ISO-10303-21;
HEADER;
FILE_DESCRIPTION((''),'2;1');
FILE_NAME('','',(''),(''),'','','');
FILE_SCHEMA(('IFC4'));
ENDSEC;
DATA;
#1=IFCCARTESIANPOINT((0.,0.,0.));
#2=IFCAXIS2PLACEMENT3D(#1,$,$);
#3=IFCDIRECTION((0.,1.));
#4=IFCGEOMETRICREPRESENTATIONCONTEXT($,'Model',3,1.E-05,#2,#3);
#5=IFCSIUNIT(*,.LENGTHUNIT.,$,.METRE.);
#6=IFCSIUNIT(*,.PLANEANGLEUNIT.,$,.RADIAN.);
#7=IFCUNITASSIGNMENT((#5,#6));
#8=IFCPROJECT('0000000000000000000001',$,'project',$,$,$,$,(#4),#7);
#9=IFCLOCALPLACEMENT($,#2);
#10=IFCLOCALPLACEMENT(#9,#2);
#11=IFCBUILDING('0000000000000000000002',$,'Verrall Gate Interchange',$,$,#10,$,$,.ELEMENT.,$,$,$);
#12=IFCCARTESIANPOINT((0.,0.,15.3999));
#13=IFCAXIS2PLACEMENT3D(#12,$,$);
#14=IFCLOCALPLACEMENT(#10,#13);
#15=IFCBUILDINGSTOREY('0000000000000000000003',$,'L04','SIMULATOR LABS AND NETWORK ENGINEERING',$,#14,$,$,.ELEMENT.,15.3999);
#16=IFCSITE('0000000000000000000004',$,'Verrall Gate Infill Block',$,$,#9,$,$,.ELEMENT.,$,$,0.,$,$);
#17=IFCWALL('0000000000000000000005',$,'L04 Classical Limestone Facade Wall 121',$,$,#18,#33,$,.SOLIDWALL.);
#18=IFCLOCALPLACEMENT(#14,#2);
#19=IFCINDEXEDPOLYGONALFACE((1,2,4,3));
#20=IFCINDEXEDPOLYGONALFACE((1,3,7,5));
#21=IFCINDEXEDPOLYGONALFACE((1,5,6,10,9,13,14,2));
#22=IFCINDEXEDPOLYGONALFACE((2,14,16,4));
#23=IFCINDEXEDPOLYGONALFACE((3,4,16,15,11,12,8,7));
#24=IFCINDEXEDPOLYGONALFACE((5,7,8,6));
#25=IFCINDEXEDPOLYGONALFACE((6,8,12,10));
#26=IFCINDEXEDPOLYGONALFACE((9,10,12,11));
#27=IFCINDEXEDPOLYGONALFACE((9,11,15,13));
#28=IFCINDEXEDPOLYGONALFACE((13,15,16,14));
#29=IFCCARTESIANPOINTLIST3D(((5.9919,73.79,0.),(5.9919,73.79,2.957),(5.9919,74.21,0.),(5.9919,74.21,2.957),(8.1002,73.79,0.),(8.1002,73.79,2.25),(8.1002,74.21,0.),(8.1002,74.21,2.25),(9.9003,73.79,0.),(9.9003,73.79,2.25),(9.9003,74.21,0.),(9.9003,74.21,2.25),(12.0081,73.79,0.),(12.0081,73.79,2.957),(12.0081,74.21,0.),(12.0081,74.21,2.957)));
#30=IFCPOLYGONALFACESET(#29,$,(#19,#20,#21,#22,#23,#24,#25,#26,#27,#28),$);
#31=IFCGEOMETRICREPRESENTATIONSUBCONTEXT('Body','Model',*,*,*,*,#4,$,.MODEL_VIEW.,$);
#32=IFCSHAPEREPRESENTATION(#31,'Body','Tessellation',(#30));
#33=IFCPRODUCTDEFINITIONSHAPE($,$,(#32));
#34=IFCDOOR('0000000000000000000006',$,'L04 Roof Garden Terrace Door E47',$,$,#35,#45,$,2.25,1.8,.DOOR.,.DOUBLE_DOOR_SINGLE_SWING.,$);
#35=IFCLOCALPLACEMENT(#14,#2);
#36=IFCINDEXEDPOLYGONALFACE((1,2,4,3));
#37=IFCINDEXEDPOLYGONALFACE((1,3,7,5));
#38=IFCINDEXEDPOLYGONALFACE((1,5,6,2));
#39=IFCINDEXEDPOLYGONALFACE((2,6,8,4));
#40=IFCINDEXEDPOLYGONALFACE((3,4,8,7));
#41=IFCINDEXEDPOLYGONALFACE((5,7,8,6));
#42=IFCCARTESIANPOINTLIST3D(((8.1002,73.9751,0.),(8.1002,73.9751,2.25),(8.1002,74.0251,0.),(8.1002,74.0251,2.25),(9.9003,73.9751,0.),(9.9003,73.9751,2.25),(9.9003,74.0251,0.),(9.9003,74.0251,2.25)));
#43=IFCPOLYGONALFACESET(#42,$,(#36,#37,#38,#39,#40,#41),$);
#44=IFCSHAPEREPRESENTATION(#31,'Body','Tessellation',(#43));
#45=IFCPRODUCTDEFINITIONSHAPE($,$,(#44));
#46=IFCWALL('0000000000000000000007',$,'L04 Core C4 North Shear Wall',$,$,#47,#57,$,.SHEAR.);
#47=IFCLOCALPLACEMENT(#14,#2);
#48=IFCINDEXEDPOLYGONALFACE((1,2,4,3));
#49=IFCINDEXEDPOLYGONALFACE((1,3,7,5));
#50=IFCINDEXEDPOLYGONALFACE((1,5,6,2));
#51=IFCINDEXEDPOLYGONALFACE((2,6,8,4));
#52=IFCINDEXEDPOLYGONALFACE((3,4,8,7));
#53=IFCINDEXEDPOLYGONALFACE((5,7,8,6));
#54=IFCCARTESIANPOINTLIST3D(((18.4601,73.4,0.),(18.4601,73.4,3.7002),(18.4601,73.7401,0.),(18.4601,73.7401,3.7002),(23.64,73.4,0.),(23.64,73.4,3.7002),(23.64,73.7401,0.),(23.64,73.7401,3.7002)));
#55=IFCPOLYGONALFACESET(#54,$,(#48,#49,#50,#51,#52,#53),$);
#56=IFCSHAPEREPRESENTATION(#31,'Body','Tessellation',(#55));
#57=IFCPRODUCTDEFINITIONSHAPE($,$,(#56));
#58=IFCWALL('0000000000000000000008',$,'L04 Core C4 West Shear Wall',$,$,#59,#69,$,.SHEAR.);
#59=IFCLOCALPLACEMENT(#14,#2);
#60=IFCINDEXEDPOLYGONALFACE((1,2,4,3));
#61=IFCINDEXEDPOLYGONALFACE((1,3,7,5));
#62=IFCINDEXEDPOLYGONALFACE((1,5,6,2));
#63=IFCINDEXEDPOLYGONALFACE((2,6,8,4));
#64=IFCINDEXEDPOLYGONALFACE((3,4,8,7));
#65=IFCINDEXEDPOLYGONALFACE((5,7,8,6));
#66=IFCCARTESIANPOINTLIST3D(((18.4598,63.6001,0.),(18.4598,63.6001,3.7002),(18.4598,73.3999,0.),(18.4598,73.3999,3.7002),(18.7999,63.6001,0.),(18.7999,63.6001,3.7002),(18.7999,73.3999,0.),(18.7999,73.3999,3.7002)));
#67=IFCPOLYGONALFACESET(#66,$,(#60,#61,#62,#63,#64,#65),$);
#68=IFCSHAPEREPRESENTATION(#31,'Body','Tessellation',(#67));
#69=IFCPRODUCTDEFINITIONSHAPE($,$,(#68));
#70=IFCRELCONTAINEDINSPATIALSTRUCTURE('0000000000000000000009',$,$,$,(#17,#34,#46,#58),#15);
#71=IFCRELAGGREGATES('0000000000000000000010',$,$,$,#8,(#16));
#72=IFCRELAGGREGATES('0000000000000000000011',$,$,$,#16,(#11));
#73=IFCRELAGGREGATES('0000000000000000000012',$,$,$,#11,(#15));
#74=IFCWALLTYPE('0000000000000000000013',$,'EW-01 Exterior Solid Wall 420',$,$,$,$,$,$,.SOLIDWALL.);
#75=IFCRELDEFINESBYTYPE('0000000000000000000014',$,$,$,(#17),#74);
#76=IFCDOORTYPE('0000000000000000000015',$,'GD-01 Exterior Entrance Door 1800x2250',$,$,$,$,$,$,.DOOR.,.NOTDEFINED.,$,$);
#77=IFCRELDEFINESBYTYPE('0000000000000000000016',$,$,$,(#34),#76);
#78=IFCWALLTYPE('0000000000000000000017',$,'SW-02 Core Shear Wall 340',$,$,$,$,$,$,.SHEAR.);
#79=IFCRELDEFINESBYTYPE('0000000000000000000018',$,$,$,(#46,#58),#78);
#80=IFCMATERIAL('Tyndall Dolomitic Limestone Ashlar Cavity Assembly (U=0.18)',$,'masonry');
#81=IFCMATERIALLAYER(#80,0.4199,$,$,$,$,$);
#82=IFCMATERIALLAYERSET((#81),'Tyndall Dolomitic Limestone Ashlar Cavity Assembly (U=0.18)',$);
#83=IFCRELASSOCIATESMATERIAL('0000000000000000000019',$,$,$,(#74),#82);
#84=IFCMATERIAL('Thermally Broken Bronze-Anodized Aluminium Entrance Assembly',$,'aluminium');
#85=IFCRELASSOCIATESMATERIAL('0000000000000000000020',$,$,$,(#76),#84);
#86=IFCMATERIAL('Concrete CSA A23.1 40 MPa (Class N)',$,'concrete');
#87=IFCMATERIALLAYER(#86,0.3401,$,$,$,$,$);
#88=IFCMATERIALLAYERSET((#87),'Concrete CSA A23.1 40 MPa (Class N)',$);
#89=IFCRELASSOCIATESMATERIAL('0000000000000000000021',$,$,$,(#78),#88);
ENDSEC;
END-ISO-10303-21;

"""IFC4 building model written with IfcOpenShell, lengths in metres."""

from ifc_helpers import new_model, si_unit, direction, frame, frame_2d, origin, place, context, subcontext, project, spatial, rectangle, extrude, material, layer, layer_set, type_object, element, fill, save


model = new_model("IFC4")

# Units and contexts
model_context = context("Model", 3, precision=1e-05, world=origin(), true_north=direction((0.0, 1.0)))
body_context = subcontext(model_context, "Body", "Model", "MODEL_VIEW")
ifc_project = project(units=[si_unit("LENGTHUNIT", "METRE"), si_unit("PLANEANGLEUNIT", "RADIAN")], contexts=[model_context])

# Site, building, storey
site_placement = place(None, origin())
site = spatial("IfcSite", under=ifc_project, at=site_placement, Name="Verrall Gate Infill Block", CompositionType="ELEMENT", RefElevation=0.0)
building_placement = place(site_placement, origin())
building = spatial("IfcBuilding", under=site, at=building_placement, Name="Verrall Gate Interchange", CompositionType="ELEMENT")
storey_placement = place(building_placement, frame((0.0, 0.0, 15.3999)))
storey = spatial("IfcBuildingStorey", under=building, at=storey_placement, Name="L04", Description="SIMULATOR LABS AND NETWORK ENGINEERING", CompositionType="ELEMENT", Elevation=15.3999)

# Shared definitions
ifc_material_1 = material(Name="Tyndall Dolomitic Limestone Ashlar Cavity Assembly (U=0.18)", Category="masonry")
ifc_layer_1 = layer(ifc_material_1, 0.4199)
ifc_layer_set_1 = layer_set([ifc_layer_1], Name="Tyndall Dolomitic Limestone Ashlar Cavity Assembly (U=0.18)")
wall_type_1 = type_object("IfcWallType", Name="EW-01 Exterior Solid Wall 420", PredefinedType="SOLIDWALL", material=ifc_layer_set_1)

# Wall, opening, door
wall_1_placement = place(storey_placement, frame((12.0081, 74.0, 0.0), z_axis=(0.0, 0.0, 1.0), x_axis=(-1.0, 0.0, 0.0)))
wall_1 = element("IfcWall", 1, at=wall_1_placement, inside=storey, type_object=wall_type_1, Name="L04 Classical Limestone Facade Wall 121", PredefinedType="SOLIDWALL", context=body_context, shape_type="SweptSolid", body=[
    extrude(rectangle(XDim=6.0161, YDim=0.4199, at=frame_2d((3.0081, 0.0))), origin(), (0.0, 0.0, 1.0), 2.957),
])
opening_placement = place(wall_1_placement, frame((2.1079, 0.0, 0.0)))
opening = element("IfcOpeningElement", 2, at=opening_placement, cuts=wall_1, PredefinedType="OPENING", context=body_context, shape_type="SweptSolid", body=[
    extrude(rectangle(XDim=1.8, YDim=2.25, at=frame_2d((0.8999, 1.125))), frame((0.0, 0.2249, 0.0), z_axis=(0.0, -1.0, 0.0), x_axis=(1.0, 0.0, 0.0)), (0.0, 0.0, 1.0), 0.4497),
])
ifc_material_2 = material(Name="Thermally Broken Bronze-Anodized Aluminium Entrance Assembly", Category="aluminium")
door_type = type_object("IfcDoorType", Name="GD-01 Exterior Entrance Door 1800x2250", OperationType="NOTDEFINED", PredefinedType="DOOR", material=ifc_material_2)
door_placement = place(opening_placement, origin())
door = element("IfcDoor", 3, at=door_placement, inside=storey, type_object=door_type, Name="L04 Roof Garden Terrace Door E47", OperationType="DOUBLE_DOOR_SINGLE_SWING", OverallHeight=2.25, OverallWidth=1.8, PredefinedType="DOOR", context=body_context, shape_type="SweptSolid", body=[
    extrude(rectangle(XDim=1.8, YDim=2.25, at=frame_2d((0.8999, 1.125))), frame((0.0, 0.0249, 0.0), z_axis=(0.0, -1.0, 0.0), x_axis=(1.0, 0.0, 0.0)), (0.0, 0.0, 1.0), 0.05),
])
fill(opening, door)

# Walls
ifc_material_3 = material(Name="Concrete CSA A23.1 40 MPa (Class N)", Category="concrete")
ifc_layer_2 = layer(ifc_material_3, 0.3401)
ifc_layer_set_2 = layer_set([ifc_layer_2], Name="Concrete CSA A23.1 40 MPa (Class N)")
wall_type_2 = type_object("IfcWallType", Name="SW-02 Core Shear Wall 340", PredefinedType="SHEAR", material=ifc_layer_set_2)
wall_2_placement = place(storey_placement, frame((23.6399, 73.5701, 0.0), z_axis=(0.0, 0.0, 1.0), x_axis=(-1.0, 0.0, 0.0)))
element("IfcWall", 4, at=wall_2_placement, inside=storey, type_object=wall_type_2, Name="L04 Core C4 North Shear Wall", PredefinedType="SHEAR", context=body_context, shape_type="SweptSolid", body=[
    extrude(rectangle(XDim=5.1799, YDim=0.3401, at=frame_2d((2.5898, 0.0))), origin(), (0.0, 0.0, 1.0), 3.7002),
])
wall_3_placement = place(storey_placement, frame((18.6299, 73.3999, 0.0), z_axis=(0.0, 0.0, 1.0), x_axis=(0.0, -1.0, 0.0)))
element("IfcWall", 5, at=wall_3_placement, inside=storey, type_object=wall_type_2, Name="L04 Core C4 West Shear Wall", PredefinedType="SHEAR", context=body_context, shape_type="SweptSolid", body=[
    extrude(rectangle(XDim=9.7998, YDim=0.3401, at=frame_2d((4.8999, 0.0))), origin(), (0.0, 0.0, 1.0), 3.7002),
])

save(model, "model.ifc")
